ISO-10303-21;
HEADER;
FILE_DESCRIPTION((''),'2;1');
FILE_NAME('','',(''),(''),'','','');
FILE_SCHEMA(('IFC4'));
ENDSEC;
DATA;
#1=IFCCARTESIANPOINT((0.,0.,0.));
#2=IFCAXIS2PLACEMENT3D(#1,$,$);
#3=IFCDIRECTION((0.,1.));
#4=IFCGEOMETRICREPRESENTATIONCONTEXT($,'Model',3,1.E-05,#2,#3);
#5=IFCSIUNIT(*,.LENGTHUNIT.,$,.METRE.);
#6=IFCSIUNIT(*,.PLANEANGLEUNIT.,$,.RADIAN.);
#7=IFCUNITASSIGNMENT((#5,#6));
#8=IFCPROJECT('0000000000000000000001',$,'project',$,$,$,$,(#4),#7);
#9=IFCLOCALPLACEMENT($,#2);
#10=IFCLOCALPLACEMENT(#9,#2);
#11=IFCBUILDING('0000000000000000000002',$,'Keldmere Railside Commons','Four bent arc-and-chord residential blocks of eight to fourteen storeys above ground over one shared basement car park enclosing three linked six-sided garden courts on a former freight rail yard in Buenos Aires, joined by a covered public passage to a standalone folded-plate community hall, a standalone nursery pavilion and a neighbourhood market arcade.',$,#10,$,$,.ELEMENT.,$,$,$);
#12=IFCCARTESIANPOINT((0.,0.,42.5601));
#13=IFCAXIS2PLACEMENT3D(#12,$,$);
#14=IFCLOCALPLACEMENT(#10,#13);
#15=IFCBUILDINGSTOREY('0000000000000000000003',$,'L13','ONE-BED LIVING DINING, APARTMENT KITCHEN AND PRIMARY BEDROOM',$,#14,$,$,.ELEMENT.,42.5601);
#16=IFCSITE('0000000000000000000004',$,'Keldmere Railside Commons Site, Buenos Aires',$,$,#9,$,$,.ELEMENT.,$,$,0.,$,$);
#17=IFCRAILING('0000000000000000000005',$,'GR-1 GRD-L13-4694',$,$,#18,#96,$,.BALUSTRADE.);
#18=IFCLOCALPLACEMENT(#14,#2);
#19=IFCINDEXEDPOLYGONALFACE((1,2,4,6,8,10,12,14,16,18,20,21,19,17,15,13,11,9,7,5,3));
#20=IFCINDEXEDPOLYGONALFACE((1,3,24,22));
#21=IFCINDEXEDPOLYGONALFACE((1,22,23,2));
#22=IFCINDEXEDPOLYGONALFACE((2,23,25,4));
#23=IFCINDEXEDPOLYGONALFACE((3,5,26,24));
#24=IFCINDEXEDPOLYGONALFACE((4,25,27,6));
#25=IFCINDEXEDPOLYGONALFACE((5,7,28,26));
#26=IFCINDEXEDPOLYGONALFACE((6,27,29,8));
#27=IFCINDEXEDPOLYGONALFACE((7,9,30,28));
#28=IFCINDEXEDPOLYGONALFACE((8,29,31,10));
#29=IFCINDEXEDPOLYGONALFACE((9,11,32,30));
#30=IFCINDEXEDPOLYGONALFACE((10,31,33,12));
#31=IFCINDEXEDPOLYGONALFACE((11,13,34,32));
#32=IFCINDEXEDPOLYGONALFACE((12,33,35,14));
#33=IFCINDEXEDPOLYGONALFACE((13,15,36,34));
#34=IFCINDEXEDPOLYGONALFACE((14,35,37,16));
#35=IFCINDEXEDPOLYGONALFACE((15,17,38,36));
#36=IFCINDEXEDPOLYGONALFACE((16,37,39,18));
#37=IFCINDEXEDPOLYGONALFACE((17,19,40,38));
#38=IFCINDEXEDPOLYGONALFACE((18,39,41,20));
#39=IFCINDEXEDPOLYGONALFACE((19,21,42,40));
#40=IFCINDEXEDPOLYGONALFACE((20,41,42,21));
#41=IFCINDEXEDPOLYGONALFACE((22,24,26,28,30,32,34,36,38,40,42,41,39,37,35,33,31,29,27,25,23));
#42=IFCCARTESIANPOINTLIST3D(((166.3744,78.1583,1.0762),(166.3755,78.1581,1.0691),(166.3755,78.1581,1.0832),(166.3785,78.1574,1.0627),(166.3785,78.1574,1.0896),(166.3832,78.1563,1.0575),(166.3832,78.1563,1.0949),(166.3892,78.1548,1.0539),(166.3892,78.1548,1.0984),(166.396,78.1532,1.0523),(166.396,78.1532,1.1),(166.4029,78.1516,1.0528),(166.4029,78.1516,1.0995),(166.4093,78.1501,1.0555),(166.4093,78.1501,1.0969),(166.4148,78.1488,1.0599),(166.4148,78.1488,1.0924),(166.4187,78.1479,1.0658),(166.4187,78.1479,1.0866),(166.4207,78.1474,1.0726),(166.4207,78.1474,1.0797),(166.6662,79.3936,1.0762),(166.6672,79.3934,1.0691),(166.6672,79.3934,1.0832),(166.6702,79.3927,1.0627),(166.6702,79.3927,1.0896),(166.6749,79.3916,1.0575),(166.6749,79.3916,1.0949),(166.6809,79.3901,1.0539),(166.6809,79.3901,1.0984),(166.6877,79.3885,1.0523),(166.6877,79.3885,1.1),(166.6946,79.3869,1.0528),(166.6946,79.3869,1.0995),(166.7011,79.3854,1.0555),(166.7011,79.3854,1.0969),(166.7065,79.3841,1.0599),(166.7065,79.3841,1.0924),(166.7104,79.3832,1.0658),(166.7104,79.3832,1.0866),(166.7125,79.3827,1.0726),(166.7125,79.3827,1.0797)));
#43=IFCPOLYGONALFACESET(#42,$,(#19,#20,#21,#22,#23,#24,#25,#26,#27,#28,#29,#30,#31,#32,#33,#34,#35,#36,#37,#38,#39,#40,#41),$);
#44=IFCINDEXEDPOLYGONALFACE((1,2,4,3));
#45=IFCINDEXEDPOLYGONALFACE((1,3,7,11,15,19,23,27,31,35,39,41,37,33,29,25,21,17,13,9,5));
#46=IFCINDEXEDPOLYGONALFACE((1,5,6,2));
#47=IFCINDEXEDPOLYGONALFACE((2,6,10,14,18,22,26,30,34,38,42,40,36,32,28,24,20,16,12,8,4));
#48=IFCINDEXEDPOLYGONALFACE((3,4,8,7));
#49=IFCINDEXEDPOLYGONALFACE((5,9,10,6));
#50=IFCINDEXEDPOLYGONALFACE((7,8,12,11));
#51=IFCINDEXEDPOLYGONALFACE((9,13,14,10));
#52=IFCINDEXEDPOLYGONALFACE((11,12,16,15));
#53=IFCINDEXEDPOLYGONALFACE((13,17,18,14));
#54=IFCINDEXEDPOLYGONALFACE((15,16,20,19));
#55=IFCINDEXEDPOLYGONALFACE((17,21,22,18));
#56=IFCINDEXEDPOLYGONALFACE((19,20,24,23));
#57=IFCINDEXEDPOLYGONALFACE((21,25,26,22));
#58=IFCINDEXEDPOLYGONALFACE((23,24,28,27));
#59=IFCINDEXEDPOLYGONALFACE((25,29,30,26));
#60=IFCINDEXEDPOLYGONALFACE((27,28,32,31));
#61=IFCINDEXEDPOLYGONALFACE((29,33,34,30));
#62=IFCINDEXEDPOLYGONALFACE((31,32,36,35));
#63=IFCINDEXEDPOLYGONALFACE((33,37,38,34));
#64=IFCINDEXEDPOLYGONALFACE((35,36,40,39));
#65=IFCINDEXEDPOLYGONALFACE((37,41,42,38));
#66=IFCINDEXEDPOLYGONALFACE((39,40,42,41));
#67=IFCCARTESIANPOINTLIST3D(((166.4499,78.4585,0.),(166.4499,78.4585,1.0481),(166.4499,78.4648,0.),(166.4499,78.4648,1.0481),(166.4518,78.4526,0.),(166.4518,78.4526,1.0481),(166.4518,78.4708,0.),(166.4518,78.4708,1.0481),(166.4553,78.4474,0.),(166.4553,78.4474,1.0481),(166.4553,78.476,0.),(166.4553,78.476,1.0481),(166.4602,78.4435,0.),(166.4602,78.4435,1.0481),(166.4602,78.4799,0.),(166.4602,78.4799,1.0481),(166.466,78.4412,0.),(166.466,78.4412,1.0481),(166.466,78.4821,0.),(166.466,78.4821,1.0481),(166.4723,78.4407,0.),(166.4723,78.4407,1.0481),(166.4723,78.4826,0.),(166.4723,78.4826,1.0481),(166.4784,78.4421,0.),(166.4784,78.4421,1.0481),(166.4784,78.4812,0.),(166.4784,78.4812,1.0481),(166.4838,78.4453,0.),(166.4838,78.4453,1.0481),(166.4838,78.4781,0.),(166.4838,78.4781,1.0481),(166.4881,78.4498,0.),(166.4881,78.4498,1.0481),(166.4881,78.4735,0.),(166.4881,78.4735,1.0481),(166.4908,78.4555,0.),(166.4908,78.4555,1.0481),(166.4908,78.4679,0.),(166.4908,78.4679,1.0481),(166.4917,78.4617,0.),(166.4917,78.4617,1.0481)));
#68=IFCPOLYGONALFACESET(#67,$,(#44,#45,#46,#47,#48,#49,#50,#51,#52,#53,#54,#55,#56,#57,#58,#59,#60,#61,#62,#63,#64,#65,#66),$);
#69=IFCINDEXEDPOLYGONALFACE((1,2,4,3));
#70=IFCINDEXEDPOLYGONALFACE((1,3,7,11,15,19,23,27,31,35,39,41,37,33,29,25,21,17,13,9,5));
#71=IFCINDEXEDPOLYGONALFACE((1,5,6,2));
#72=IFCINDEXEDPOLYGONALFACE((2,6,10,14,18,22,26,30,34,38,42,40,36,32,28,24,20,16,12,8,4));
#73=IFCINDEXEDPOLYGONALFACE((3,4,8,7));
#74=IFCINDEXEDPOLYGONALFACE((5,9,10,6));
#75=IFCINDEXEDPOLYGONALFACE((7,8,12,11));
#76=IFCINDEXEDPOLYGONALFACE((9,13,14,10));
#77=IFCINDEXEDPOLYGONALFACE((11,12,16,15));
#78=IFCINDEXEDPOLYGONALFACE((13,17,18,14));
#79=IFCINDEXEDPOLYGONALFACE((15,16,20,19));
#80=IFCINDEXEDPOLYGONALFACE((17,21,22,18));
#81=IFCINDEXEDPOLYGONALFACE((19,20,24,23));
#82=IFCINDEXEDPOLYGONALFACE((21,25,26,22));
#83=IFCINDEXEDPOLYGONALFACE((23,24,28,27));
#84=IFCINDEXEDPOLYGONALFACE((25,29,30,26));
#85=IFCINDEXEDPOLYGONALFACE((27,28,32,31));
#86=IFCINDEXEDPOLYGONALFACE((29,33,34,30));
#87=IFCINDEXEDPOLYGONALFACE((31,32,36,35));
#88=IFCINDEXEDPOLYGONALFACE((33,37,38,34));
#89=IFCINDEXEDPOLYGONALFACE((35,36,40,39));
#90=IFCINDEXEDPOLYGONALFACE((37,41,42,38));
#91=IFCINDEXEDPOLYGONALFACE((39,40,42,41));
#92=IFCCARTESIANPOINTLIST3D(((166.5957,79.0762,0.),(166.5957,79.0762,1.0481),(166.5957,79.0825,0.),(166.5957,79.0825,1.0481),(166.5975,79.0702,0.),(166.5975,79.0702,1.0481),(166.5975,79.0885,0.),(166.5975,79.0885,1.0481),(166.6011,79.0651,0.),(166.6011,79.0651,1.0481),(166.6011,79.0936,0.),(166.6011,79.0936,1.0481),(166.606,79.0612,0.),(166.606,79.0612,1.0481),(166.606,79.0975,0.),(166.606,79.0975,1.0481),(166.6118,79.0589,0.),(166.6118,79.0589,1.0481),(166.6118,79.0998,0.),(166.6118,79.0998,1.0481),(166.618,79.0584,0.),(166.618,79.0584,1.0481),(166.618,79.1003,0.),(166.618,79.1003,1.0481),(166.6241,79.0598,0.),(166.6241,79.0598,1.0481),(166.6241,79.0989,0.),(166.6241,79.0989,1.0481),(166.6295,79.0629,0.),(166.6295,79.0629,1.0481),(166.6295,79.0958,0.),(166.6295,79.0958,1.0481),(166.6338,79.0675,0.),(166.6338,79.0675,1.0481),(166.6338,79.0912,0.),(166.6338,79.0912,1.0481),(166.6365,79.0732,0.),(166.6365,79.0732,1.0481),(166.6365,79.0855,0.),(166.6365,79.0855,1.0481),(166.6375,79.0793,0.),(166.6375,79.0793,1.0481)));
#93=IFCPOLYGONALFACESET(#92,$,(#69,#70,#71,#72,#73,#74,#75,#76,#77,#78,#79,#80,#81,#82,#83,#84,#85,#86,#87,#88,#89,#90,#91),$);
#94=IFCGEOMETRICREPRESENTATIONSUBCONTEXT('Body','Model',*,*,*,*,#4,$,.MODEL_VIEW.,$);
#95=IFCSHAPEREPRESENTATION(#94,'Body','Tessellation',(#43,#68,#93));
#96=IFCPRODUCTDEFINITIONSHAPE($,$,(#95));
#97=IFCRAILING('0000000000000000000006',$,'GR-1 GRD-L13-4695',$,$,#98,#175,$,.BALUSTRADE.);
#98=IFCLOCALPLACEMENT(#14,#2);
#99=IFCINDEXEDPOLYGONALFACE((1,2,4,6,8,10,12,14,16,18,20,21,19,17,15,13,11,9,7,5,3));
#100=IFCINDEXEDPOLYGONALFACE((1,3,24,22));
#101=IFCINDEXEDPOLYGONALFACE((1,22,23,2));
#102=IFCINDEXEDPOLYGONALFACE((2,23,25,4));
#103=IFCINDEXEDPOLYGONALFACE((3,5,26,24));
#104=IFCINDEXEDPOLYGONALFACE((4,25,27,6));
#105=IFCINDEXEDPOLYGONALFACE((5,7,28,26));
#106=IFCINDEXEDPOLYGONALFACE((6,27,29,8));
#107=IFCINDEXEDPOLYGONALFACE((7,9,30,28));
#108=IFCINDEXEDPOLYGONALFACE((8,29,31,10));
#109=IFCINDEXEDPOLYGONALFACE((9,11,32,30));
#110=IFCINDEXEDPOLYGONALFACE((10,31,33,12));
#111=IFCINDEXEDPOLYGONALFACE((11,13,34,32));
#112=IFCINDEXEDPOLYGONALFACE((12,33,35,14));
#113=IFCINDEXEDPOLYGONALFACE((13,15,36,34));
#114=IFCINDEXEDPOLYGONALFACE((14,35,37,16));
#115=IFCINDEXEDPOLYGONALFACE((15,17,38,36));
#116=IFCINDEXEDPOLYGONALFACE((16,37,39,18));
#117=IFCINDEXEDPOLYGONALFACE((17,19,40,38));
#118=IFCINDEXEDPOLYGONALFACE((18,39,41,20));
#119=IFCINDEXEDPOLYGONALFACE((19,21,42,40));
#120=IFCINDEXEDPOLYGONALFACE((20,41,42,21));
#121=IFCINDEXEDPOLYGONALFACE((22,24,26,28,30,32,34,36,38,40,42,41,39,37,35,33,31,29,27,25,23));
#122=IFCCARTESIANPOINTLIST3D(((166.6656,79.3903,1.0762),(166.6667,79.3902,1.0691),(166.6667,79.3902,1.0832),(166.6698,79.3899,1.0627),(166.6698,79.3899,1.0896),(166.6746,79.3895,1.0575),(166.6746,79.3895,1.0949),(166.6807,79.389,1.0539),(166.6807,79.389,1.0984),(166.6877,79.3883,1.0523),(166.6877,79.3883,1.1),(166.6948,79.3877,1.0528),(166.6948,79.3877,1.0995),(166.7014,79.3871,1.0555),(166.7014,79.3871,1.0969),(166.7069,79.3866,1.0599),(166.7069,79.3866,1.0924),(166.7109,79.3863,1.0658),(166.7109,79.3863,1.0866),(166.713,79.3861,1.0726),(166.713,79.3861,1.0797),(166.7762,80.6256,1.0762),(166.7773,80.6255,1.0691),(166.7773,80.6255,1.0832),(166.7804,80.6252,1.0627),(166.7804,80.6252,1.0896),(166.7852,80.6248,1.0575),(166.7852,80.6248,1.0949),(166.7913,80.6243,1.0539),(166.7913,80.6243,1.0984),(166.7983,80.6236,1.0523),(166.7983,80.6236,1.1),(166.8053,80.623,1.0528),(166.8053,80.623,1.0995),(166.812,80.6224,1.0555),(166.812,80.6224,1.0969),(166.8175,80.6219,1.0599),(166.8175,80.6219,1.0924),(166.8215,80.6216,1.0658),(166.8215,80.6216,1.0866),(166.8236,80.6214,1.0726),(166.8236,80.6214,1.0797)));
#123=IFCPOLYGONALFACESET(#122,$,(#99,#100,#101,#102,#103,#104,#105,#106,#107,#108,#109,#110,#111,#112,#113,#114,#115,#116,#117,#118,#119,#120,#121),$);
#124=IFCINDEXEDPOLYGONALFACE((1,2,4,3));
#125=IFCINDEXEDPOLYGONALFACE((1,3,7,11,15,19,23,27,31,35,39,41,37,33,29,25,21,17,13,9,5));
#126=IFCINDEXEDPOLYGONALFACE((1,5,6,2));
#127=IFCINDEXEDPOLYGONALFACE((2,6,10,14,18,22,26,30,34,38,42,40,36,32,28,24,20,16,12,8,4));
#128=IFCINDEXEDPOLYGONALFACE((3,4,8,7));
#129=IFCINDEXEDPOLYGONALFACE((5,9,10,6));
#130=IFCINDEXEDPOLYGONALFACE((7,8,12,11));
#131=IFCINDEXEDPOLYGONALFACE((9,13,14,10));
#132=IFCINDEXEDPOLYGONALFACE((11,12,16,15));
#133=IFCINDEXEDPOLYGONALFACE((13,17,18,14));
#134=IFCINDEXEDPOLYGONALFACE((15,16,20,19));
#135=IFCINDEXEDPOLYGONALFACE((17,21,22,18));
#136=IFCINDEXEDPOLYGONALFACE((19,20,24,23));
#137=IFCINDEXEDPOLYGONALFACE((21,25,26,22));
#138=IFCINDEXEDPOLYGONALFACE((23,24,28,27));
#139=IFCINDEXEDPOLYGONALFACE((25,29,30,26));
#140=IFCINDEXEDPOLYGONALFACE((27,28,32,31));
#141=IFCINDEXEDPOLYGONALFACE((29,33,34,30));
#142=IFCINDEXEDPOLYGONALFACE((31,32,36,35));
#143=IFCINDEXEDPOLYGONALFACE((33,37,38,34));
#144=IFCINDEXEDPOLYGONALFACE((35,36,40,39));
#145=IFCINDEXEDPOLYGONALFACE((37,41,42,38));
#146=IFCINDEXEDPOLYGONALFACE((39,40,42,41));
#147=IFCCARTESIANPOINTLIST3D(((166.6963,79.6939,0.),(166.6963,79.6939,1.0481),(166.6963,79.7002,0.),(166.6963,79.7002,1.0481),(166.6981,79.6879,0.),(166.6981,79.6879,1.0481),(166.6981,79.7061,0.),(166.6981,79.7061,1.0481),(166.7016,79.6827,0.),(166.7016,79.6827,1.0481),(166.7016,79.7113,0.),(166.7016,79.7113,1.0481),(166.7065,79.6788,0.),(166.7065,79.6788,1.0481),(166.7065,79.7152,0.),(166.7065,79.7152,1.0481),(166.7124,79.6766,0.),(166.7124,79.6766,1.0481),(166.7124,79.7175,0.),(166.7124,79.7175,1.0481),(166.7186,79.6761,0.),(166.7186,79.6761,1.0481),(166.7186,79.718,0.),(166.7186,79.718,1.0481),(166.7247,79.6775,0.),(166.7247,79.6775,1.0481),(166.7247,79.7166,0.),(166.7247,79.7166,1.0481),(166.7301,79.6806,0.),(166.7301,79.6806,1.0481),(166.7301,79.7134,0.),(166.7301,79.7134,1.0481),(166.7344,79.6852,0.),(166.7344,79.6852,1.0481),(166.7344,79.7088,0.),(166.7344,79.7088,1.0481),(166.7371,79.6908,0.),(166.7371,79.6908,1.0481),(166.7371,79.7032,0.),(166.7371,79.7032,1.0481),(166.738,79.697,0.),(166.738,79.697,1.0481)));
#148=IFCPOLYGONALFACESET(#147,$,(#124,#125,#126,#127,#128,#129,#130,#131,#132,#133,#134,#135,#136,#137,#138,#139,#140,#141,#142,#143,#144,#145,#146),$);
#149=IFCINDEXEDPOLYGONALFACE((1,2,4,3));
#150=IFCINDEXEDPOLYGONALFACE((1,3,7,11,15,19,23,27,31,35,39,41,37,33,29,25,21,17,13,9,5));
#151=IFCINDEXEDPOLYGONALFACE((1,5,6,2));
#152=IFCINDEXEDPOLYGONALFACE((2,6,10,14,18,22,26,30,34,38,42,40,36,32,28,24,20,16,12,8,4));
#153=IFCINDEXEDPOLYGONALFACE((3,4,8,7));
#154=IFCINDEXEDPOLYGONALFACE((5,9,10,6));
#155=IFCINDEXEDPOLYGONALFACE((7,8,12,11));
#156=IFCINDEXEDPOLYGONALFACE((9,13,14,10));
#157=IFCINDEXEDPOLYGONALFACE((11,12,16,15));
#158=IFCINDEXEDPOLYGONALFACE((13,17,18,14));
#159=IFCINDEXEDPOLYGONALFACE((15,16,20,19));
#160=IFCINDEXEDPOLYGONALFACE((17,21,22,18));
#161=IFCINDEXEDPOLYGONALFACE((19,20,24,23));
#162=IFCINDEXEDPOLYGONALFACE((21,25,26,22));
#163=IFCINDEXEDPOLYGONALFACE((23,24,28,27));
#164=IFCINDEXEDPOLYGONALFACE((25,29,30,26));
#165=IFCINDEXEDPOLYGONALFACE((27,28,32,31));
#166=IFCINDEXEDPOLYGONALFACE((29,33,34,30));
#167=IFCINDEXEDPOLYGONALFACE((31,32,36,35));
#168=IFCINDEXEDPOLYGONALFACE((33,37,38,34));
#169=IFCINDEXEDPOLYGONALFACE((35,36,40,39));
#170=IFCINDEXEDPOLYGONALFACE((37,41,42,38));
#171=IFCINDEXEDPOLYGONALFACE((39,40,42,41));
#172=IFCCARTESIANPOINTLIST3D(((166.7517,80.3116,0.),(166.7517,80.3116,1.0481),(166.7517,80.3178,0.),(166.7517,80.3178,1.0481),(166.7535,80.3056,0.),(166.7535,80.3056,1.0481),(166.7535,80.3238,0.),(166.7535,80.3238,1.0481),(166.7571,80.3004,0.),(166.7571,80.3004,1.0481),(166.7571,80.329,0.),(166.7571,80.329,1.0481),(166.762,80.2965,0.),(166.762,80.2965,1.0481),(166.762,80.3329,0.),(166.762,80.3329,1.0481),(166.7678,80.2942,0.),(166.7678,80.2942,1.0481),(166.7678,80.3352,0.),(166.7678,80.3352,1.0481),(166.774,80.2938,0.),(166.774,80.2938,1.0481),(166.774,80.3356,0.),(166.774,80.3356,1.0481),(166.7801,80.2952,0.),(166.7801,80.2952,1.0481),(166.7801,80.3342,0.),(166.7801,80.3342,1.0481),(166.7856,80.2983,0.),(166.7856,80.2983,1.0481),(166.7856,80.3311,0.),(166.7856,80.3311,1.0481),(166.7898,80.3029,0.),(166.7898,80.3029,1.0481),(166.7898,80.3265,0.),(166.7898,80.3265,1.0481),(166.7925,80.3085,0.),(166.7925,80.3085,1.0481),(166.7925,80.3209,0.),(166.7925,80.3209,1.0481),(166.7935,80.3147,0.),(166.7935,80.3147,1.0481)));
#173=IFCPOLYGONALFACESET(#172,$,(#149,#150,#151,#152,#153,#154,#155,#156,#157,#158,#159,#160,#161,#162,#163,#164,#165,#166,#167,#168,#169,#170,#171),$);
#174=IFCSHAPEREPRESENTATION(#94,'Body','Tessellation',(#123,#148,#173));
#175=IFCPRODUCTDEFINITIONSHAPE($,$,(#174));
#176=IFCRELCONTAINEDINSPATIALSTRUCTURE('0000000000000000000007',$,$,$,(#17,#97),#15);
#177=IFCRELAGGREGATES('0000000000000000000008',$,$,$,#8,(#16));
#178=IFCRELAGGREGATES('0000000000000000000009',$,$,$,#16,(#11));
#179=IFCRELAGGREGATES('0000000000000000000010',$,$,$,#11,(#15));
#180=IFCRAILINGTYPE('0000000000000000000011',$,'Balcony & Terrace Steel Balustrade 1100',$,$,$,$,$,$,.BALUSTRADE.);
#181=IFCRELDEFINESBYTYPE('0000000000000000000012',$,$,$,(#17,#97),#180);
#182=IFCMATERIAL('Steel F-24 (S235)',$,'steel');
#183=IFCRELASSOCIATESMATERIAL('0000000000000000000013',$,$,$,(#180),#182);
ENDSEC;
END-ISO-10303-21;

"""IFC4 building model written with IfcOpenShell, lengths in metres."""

from ifc_helpers import new_model, si_unit, direction, frame, origin, origin_2d, place, context, subcontext, project, spatial, circle, extrude, material, type_object, element, save


model = new_model("IFC4")

# Units and contexts
model_context = context("Model", 3, precision=1e-05, world=origin(), true_north=direction((0.0, 1.0)))
body_context = subcontext(model_context, "Body", "Model", "MODEL_VIEW")
ifc_project = project(units=[si_unit("LENGTHUNIT", "METRE"), si_unit("PLANEANGLEUNIT", "RADIAN")], contexts=[model_context])

# Site, building, storey
site_placement = place(None, origin())
site = spatial("IfcSite", under=ifc_project, at=site_placement, Name="Keldmere Railside Commons Site, Buenos Aires", CompositionType="ELEMENT", RefElevation=0.0)
building_placement = place(site_placement, origin())
building = spatial("IfcBuilding", under=site, at=building_placement, Name="Keldmere Railside Commons", Description="Four bent arc-and-chord residential blocks of eight to fourteen storeys above ground over one shared basement car park enclosing three linked six-sided garden courts on a former freight rail yard in Buenos Aires, joined by a covered public passage to a standalone folded-plate community hall, a standalone nursery pavilion and a neighbourhood market arcade.", CompositionType="ELEMENT")
storey_placement = place(building_placement, frame((0.0, 0.0, 42.5601)))
storey = spatial("IfcBuildingStorey", under=building, at=storey_placement, Name="L13", Description="ONE-BED LIVING DINING, APARTMENT KITCHEN AND PRIMARY BEDROOM", CompositionType="ELEMENT", Elevation=42.5601)

# Railings
ifc_material_1 = material(Name="Steel F-24 (S235)", Category="steel")
railing_type = type_object("IfcRailingType", Name="Balcony & Terrace Steel Balustrade 1100", PredefinedType="BALUSTRADE", material=ifc_material_1)
railing_1_placement = place(storey_placement, frame((166.3977, 78.1528, 0.0)))
element("IfcRailing", 1, at=railing_1_placement, inside=storey, type_object=railing_type, Name="GR-1 GRD-L13-4694", PredefinedType="BALUSTRADE", context=body_context, shape_type="SweptSolid", body=[
    extrude(circle(Radius=0.0239, at=origin_2d()), frame((0.0, 0.0, 1.0762), z_axis=(0.229843, 0.973228, 0.0), x_axis=(-0.973228, 0.229843, 0.0)), (0.0, 0.0, 1.0), 1.2693),
    extrude(circle(Radius=0.021, at=origin_2d()), frame((0.073, 0.3088, 0.0)), (0.0, 0.0, 1.0), 1.0481),
    extrude(circle(Radius=0.021, at=origin_2d()), frame((0.2188, 0.9265, 0.0)), (0.0, 0.0, 1.0), 1.0481),
])
railing_2_placement = place(storey_placement, frame((166.6895, 79.3882, 0.0)))
element("IfcRailing", 2, at=railing_2_placement, inside=storey, type_object=railing_type, Name="GR-1 GRD-L13-4695", PredefinedType="BALUSTRADE", context=body_context, shape_type="SweptSolid", body=[
    extrude(circle(Radius=0.0239, at=origin_2d()), frame((0.0, 0.0, 1.0762), z_axis=(0.089169, 0.996017, 0.0), x_axis=(-0.996017, 0.089169, 0.0)), (0.0, 0.0, 1.0), 1.2402),
    extrude(circle(Radius=0.021, at=origin_2d()), frame((0.0276, 0.3088, 0.0)), (0.0, 0.0, 1.0), 1.0481),
    extrude(circle(Radius=0.021, at=origin_2d()), frame((0.083, 0.9265, 0.0)), (0.0, 0.0, 1.0), 1.0481),
])

save(model, "model.ifc")
